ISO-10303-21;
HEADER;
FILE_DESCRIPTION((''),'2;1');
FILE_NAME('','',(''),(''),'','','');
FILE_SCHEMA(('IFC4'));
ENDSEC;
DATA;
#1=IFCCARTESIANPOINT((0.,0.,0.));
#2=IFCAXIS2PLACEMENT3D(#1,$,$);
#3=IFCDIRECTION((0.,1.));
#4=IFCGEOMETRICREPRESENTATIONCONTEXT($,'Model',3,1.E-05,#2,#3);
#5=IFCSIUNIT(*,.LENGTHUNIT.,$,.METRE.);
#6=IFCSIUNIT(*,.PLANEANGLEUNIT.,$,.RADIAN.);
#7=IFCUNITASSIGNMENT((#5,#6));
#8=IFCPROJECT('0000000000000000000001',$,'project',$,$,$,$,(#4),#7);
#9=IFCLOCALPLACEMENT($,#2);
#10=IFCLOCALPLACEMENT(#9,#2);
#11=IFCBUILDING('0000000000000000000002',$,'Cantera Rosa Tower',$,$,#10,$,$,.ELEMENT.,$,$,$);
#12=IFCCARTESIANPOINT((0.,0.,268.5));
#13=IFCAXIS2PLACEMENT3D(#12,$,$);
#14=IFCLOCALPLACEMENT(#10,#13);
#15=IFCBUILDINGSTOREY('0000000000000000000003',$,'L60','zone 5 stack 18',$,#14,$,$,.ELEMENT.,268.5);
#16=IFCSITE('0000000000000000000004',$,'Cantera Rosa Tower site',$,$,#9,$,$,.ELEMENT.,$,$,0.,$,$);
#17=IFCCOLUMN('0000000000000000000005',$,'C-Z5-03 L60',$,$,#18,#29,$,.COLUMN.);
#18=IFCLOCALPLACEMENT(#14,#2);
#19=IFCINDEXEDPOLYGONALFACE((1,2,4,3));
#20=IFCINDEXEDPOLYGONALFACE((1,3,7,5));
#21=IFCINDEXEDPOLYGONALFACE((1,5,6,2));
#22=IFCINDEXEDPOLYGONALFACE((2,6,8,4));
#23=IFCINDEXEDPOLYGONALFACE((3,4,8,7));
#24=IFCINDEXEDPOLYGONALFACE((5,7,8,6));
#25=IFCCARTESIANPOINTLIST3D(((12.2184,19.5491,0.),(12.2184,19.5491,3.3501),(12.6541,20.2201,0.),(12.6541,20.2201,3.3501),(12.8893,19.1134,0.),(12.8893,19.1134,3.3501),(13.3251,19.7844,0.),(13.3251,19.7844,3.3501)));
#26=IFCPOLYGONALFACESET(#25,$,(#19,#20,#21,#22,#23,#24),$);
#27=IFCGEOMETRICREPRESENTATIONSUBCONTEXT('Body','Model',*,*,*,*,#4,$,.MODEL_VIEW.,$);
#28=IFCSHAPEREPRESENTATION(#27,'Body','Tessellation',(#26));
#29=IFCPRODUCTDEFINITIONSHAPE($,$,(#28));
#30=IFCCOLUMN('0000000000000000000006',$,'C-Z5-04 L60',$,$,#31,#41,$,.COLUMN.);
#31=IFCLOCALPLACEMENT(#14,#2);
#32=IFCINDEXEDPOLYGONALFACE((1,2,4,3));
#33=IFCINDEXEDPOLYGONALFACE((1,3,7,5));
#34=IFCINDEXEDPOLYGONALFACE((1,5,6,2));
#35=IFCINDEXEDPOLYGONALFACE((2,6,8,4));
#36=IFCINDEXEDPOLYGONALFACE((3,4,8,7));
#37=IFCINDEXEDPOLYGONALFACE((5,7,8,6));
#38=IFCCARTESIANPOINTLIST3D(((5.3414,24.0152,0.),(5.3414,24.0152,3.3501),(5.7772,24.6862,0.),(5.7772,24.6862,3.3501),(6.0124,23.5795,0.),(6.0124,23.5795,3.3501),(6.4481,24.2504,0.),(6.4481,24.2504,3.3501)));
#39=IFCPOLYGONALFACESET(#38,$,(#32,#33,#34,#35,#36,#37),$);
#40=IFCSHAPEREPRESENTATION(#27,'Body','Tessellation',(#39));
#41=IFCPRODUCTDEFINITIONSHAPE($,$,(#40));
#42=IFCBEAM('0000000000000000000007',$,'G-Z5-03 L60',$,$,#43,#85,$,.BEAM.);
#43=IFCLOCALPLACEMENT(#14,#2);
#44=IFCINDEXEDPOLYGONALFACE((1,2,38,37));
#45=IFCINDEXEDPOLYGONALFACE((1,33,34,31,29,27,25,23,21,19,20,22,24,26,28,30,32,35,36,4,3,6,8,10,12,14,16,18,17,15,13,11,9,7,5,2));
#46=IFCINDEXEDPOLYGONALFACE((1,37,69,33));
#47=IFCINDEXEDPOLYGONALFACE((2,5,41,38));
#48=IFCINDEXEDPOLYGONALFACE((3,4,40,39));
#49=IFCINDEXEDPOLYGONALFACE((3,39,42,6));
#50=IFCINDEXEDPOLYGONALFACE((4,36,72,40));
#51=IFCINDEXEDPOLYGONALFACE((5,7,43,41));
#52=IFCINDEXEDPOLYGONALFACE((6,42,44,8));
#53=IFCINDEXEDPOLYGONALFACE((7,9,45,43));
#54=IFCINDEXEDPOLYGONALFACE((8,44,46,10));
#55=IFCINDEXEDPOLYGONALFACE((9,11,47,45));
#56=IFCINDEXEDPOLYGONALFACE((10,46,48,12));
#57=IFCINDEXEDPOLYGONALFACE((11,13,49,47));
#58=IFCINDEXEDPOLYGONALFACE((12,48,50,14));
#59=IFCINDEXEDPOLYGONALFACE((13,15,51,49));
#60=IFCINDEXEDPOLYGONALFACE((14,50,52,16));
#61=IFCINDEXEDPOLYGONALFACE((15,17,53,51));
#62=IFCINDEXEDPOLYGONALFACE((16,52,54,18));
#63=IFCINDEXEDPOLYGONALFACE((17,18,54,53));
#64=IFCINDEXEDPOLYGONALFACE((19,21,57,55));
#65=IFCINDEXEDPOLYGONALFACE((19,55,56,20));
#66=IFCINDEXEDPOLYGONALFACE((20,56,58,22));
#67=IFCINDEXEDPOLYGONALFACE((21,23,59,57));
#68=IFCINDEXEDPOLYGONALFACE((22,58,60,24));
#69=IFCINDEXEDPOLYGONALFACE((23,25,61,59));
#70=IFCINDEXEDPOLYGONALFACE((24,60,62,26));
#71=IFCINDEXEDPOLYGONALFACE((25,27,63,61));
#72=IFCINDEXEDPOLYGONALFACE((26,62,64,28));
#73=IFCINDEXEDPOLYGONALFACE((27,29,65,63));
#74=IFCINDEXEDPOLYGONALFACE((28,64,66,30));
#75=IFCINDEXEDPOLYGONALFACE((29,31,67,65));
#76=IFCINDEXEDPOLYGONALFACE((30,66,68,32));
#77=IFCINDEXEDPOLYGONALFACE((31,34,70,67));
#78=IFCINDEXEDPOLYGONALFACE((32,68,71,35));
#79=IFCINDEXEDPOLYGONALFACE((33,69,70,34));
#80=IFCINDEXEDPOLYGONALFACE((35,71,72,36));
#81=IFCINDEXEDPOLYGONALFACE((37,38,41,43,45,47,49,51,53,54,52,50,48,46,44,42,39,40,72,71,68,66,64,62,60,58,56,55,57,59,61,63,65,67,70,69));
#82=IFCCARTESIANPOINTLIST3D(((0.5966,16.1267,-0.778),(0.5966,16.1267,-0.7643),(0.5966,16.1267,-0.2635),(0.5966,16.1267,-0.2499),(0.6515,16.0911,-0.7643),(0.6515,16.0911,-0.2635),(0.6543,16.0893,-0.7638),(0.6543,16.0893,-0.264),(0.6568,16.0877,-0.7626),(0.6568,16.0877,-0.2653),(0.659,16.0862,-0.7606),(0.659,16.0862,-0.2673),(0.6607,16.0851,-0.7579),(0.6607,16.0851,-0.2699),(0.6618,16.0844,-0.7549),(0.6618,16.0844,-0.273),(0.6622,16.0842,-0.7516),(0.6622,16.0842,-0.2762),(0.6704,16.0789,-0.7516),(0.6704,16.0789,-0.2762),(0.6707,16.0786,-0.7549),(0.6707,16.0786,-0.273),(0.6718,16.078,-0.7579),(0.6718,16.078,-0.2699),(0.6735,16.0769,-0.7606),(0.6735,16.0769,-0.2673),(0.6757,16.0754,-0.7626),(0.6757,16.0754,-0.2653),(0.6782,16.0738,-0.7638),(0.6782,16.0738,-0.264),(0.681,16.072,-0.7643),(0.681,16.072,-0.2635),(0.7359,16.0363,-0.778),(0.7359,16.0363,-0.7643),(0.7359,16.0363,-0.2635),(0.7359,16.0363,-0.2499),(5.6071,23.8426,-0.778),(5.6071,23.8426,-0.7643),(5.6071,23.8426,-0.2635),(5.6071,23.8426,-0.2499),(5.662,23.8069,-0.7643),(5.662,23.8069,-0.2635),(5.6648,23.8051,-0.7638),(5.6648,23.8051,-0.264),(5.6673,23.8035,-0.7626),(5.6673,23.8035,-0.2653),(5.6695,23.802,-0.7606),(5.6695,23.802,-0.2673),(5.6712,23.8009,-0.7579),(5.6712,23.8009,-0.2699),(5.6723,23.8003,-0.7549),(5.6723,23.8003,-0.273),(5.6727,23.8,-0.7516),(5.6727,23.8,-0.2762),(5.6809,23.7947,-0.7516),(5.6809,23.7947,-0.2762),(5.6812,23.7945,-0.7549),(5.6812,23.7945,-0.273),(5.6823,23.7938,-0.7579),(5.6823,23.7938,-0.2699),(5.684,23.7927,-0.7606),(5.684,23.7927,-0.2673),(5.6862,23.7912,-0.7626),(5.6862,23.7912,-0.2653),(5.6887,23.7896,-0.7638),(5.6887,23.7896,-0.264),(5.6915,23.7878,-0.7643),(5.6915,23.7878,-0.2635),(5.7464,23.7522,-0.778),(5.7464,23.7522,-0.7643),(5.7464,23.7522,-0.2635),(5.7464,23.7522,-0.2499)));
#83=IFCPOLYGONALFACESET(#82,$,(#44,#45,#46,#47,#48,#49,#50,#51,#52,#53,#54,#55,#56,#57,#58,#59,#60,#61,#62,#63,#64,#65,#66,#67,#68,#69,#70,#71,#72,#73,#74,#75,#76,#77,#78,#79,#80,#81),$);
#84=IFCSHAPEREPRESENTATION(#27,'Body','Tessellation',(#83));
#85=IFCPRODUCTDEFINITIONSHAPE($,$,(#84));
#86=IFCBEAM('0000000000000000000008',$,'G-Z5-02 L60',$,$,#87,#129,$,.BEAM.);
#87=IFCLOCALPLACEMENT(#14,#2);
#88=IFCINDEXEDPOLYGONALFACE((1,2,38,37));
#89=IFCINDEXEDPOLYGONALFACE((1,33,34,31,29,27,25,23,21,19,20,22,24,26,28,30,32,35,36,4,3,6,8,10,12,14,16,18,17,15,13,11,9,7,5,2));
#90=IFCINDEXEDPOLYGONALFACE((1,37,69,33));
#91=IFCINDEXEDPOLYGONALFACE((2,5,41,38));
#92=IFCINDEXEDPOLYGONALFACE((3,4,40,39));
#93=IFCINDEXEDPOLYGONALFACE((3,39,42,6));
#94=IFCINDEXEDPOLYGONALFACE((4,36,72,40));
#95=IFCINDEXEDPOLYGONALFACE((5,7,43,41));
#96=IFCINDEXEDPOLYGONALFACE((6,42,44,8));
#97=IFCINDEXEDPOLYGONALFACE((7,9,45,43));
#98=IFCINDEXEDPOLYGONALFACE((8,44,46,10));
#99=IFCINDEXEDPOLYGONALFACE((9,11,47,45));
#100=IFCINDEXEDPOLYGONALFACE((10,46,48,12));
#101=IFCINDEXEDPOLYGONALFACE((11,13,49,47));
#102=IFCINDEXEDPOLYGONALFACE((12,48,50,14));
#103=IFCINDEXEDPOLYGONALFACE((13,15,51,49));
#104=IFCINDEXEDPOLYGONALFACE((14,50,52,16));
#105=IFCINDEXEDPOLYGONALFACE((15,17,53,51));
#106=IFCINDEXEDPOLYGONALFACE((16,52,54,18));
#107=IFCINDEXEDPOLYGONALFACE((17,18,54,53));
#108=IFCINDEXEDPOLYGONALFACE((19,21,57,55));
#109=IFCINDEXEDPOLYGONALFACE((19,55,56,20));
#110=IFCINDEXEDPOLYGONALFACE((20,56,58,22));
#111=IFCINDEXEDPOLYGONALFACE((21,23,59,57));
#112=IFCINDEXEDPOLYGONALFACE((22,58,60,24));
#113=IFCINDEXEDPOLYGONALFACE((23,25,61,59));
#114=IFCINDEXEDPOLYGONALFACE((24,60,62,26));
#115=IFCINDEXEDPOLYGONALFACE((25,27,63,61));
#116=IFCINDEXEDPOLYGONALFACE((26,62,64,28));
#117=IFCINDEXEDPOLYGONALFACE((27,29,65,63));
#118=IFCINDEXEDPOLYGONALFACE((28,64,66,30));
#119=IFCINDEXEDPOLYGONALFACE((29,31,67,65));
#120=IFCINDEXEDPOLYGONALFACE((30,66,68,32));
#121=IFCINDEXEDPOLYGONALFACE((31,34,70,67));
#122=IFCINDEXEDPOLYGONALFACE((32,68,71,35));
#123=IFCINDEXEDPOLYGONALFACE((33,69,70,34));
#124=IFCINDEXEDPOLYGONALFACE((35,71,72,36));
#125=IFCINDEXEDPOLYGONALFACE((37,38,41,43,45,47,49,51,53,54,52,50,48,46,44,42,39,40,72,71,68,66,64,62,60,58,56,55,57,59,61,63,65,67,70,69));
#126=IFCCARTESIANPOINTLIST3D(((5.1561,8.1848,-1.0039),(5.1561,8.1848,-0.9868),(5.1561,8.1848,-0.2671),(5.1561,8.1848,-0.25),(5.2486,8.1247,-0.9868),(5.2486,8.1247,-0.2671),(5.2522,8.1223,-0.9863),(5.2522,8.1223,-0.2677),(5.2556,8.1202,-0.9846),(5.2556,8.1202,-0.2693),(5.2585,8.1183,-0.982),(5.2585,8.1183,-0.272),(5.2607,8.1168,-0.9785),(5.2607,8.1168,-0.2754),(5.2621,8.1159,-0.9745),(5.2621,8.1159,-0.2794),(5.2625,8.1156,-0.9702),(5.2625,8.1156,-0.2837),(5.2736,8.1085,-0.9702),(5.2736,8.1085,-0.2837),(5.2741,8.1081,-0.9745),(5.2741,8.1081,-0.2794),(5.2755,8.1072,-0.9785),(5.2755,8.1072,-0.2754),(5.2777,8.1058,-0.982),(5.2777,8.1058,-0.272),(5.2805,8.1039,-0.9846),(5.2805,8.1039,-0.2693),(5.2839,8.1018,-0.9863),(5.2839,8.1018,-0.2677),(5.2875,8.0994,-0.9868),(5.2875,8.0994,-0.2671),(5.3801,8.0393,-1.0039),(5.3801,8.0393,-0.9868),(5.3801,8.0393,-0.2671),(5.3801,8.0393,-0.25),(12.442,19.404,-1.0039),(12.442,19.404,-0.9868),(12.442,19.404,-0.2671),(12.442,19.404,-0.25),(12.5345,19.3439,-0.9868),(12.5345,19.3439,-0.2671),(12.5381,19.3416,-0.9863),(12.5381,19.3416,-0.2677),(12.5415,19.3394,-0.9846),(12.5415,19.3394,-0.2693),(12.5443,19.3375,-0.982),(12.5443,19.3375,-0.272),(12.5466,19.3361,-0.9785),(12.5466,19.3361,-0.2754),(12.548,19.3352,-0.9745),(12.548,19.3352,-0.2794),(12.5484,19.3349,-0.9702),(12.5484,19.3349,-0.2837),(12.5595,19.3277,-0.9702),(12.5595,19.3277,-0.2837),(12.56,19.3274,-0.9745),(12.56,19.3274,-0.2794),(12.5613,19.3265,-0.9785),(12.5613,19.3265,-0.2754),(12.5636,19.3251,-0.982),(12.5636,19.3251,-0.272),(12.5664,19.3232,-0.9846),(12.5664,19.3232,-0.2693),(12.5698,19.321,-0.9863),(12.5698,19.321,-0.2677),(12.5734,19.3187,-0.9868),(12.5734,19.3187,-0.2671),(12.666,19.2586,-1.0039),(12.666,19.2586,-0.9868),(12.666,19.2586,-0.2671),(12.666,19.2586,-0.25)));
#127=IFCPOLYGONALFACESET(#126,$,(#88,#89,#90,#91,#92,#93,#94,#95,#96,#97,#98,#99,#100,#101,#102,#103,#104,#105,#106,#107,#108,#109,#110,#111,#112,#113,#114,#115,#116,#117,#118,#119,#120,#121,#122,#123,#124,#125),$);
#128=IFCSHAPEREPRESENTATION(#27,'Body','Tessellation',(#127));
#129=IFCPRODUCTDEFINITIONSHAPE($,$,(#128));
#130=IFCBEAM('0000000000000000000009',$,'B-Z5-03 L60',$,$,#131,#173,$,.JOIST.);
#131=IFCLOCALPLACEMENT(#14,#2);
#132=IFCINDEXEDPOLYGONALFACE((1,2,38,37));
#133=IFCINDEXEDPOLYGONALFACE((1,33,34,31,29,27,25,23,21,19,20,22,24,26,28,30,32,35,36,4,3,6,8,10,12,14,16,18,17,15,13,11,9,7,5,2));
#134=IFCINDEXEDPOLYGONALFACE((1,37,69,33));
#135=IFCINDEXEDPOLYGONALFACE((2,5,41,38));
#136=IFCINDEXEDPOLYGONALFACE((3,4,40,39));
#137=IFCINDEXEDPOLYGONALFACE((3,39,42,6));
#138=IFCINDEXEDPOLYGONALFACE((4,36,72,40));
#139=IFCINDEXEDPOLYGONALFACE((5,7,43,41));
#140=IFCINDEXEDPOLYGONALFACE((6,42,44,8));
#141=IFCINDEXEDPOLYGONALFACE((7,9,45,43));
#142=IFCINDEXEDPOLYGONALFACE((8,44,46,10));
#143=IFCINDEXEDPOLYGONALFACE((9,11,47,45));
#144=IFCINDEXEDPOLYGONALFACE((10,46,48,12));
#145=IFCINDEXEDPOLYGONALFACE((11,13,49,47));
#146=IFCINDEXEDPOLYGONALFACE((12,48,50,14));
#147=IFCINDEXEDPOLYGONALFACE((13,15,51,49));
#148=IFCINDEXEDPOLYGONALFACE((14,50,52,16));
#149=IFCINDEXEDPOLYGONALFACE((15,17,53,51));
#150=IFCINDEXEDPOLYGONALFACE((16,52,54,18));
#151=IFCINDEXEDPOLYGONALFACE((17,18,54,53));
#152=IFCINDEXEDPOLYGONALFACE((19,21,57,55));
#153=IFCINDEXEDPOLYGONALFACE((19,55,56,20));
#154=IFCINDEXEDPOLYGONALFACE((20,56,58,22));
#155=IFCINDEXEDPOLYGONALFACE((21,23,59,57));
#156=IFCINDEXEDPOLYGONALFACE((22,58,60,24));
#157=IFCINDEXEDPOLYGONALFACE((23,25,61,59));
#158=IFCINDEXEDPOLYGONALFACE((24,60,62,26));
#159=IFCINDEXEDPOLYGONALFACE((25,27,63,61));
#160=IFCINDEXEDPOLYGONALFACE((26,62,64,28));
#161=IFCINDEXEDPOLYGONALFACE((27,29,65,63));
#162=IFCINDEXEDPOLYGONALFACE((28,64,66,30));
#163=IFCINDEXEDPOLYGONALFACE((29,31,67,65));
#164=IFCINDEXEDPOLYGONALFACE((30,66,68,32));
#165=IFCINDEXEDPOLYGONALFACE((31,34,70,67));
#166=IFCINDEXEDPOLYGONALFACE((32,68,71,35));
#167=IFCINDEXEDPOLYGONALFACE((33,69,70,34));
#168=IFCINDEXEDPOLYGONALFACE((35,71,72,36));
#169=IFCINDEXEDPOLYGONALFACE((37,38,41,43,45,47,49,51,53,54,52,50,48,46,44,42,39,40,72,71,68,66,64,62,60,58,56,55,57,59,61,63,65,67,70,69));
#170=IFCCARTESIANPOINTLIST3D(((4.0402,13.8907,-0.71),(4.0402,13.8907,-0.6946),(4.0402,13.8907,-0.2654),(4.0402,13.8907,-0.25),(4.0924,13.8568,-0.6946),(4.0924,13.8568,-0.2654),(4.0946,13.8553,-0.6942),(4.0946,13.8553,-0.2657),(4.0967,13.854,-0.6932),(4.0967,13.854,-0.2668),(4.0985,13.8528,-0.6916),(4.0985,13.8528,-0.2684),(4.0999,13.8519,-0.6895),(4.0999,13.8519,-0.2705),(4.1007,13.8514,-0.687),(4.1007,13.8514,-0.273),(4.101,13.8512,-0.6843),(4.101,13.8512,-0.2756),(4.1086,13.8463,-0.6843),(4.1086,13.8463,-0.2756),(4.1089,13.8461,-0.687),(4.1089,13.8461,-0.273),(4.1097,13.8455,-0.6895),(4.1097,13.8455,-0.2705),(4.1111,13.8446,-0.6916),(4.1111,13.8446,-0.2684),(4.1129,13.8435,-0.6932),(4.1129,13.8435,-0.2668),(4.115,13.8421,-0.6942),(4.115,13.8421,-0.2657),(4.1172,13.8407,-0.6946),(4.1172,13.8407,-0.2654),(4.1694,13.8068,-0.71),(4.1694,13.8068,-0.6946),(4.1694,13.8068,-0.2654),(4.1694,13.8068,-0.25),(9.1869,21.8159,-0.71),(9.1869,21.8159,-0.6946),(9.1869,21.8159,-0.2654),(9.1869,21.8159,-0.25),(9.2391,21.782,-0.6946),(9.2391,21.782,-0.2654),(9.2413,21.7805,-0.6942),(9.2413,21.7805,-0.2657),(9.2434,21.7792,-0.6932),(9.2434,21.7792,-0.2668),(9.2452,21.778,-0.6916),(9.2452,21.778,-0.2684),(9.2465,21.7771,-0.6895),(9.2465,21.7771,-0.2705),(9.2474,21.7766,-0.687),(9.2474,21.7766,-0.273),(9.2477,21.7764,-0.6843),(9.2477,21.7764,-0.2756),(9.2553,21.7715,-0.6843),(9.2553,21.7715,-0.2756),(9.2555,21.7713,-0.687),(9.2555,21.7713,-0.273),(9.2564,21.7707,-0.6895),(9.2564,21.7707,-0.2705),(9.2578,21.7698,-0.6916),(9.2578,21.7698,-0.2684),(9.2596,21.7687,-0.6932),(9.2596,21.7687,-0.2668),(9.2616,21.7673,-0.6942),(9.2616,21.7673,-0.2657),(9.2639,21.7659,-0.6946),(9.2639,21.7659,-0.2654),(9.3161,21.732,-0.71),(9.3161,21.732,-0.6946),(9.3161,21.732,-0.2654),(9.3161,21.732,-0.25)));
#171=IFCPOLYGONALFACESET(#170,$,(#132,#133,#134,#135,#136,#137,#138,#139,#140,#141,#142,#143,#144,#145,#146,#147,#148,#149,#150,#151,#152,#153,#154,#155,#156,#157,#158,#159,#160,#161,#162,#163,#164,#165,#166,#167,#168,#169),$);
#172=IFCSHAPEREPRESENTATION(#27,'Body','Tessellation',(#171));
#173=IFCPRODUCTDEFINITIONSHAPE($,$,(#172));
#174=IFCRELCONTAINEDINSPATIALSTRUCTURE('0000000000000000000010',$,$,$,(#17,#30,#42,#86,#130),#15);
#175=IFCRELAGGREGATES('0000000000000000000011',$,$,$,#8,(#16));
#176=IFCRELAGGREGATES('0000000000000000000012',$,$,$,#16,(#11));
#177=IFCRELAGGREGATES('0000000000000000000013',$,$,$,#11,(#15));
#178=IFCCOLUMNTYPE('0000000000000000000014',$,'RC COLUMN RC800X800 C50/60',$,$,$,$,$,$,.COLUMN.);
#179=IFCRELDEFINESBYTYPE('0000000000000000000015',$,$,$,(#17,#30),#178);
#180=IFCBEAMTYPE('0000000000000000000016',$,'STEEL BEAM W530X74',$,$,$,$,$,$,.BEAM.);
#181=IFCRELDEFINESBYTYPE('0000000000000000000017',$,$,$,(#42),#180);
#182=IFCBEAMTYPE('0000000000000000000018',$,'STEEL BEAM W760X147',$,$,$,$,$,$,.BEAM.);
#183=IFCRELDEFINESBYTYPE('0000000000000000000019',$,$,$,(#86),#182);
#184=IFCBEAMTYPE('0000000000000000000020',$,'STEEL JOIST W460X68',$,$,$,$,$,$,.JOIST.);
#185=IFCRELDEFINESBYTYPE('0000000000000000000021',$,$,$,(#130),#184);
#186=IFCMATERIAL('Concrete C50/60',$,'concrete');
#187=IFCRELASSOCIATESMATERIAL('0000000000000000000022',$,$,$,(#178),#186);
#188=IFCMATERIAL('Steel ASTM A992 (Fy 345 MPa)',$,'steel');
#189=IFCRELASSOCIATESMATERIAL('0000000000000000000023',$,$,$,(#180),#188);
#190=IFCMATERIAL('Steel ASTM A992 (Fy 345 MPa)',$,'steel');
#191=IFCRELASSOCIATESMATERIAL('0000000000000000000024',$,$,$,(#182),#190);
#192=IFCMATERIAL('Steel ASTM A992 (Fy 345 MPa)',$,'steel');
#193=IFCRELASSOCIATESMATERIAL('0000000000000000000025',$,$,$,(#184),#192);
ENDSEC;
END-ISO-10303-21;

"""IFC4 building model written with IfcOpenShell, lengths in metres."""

from ifc_helpers import new_model, si_unit, direction, frame, origin, origin_2d, place, context, subcontext, project, spatial, rectangle, i_section, extrude, material, material_profile, profile_set, type_object, element, save


model = new_model("IFC4")

# Units and contexts
model_context = context("Model", 3, precision=1e-05, world=origin(), true_north=direction((0.0, 1.0)))
body_context = subcontext(model_context, "Body", "Model", "MODEL_VIEW")
ifc_project = project(units=[si_unit("LENGTHUNIT", "METRE"), si_unit("PLANEANGLEUNIT", "RADIAN")], contexts=[model_context])

# Site, building, storey
site_placement = place(None, origin())
site = spatial("IfcSite", under=ifc_project, at=site_placement, Name="Cantera Rosa Tower site", CompositionType="ELEMENT", RefElevation=0.0)
building_placement = place(site_placement, origin())
building = spatial("IfcBuilding", under=site, at=building_placement, Name="Cantera Rosa Tower", CompositionType="ELEMENT")
storey_placement = place(building_placement, frame((0.0, 0.0, 268.5)))
storey = spatial("IfcBuildingStorey", under=building, at=storey_placement, Name="L60", Description="zone 5 stack 18", CompositionType="ELEMENT", Elevation=268.5)

# Columns
ifc_material_1 = material(Name="Concrete C50/60", Category="concrete")
ifc_material_profile_1 = material_profile(ifc_material_1, rectangle(XDim=0.8, YDim=0.8, at=origin_2d()), Name="RC COLUMN RC800X800 C50/60")
ifc_profile_set_1 = profile_set([ifc_material_profile_1], Name="Concrete C50/60")
column_type = type_object("IfcColumnType", Name="RC COLUMN RC800X800 C50/60", PredefinedType="COLUMN", material=ifc_profile_set_1)
for number, where, z_axis, x_axis, name in (
    (1, (12.7717, 19.6667, 0.0), (0.0, 0.0, 1.0), (0.544639, 0.838671, 0.0), "C-Z5-03 L60"),
    (2, (5.8948, 24.1328, 0.0), (0.0, 0.0, 1.0), (0.544639, 0.838671, 0.0), "C-Z5-04 L60"),
):
    element("IfcColumn", number, at=place(storey_placement, frame(where, z_axis=z_axis, x_axis=x_axis)), inside=storey, type_object=column_type, Name=name, PredefinedType="COLUMN", context=body_context, shape_type="SweptSolid", body=[
        extrude(rectangle(XDim=0.8, YDim=0.8, at=origin_2d()), origin(), (0.0, 0.0, 1.0), 3.3501),
    ])

# Beams
ifc_material_2 = material(Name="Steel ASTM A992 (Fy 345 MPa)", Category="steel")
ifc_material_profile_2 = material_profile(ifc_material_2, i_section(OverallWidth=0.166, OverallDepth=0.5281, WebThickness=0.0098, FlangeThickness=0.0137, FilletRadius=0.0127, at=origin_2d()), Name="W530X74")
ifc_profile_set_2 = profile_set([ifc_material_profile_2], Name="Steel ASTM A992 (Fy 345 MPa)")
beam_type_1 = type_object("IfcBeamType", Name="STEEL BEAM W530X74", PredefinedType="BEAM", material=ifc_profile_set_2)
beam_1_placement = place(storey_placement, frame((5.6768, 23.7974, -0.5139), z_axis=(-0.544623, -0.838681, 0.0), x_axis=(0.838681, -0.544623, 0.0)))
element("IfcBeam", 3, at=beam_1_placement, inside=storey, type_object=beam_type_1, Name="G-Z5-03 L60", PredefinedType="BEAM", context=body_context, shape_type="SweptSolid", body=[
    extrude(i_section(OverallWidth=0.166, OverallDepth=0.5281, WebThickness=0.0098, FlangeThickness=0.0137, FilletRadius=0.0127, at=origin_2d()), origin(), (0.0, 0.0, 1.0), 9.2),
])
ifc_material_3 = material(Name="Steel ASTM A992 (Fy 345 MPa)", Category="steel")
ifc_material_profile_3 = material_profile(ifc_material_3, i_section(OverallWidth=0.2671, OverallDepth=0.7539, WebThickness=0.0132, FlangeThickness=0.0171, FilletRadius=0.0166, at=origin_2d()), Name="W760X147")
ifc_profile_set_3 = profile_set([ifc_material_profile_3], Name="Steel ASTM A992 (Fy 345 MPa)")
beam_type_2 = type_object("IfcBeamType", Name="STEEL BEAM W760X147", PredefinedType="BEAM", material=ifc_profile_set_3)
beam_2_placement = place(storey_placement, frame((12.554, 19.3313, -0.627), z_axis=(-0.544641, -0.83867, 0.0), x_axis=(0.83867, -0.544641, 0.0)))
element("IfcBeam", 4, at=beam_2_placement, inside=storey, type_object=beam_type_2, Name="G-Z5-02 L60", PredefinedType="BEAM", context=body_context, shape_type="SweptSolid", body=[
    extrude(i_section(OverallWidth=0.2671, OverallDepth=0.7539, WebThickness=0.0132, FlangeThickness=0.0171, FilletRadius=0.0166, at=origin_2d()), origin(), (0.0, 0.0, 1.0), 13.3774),
])
ifc_material_4 = material(Name="Steel ASTM A992 (Fy 345 MPa)", Category="steel")
ifc_material_profile_4 = material_profile(ifc_material_4, i_section(OverallWidth=0.1541, OverallDepth=0.46, WebThickness=0.009, FlangeThickness=0.0154, FilletRadius=0.0103, at=origin_2d()), Name="W460X68")
ifc_profile_set_4 = profile_set([ifc_material_profile_4], Name="Steel ASTM A992 (Fy 345 MPa)")
beam_type_3 = type_object("IfcBeamType", Name="STEEL JOIST W460X68", PredefinedType="JOIST", material=ifc_profile_set_4)
beam_3_placement = place(storey_placement, frame((9.2515, 21.7739, -0.48), z_axis=(-0.544638, -0.838671, 0.0), x_axis=(0.838671, -0.544638, 0.0)))
element("IfcBeam", 5, at=beam_3_placement, inside=storey, type_object=beam_type_3, Name="B-Z5-03 L60", PredefinedType="JOIST", context=body_context, shape_type="SweptSolid", body=[
    extrude(i_section(OverallWidth=0.1541, OverallDepth=0.46, WebThickness=0.009, FlangeThickness=0.0154, FilletRadius=0.0103, at=origin_2d()), origin(), (0.0, 0.0, 1.0), 9.4497),
])

save(model, "model.ifc")
